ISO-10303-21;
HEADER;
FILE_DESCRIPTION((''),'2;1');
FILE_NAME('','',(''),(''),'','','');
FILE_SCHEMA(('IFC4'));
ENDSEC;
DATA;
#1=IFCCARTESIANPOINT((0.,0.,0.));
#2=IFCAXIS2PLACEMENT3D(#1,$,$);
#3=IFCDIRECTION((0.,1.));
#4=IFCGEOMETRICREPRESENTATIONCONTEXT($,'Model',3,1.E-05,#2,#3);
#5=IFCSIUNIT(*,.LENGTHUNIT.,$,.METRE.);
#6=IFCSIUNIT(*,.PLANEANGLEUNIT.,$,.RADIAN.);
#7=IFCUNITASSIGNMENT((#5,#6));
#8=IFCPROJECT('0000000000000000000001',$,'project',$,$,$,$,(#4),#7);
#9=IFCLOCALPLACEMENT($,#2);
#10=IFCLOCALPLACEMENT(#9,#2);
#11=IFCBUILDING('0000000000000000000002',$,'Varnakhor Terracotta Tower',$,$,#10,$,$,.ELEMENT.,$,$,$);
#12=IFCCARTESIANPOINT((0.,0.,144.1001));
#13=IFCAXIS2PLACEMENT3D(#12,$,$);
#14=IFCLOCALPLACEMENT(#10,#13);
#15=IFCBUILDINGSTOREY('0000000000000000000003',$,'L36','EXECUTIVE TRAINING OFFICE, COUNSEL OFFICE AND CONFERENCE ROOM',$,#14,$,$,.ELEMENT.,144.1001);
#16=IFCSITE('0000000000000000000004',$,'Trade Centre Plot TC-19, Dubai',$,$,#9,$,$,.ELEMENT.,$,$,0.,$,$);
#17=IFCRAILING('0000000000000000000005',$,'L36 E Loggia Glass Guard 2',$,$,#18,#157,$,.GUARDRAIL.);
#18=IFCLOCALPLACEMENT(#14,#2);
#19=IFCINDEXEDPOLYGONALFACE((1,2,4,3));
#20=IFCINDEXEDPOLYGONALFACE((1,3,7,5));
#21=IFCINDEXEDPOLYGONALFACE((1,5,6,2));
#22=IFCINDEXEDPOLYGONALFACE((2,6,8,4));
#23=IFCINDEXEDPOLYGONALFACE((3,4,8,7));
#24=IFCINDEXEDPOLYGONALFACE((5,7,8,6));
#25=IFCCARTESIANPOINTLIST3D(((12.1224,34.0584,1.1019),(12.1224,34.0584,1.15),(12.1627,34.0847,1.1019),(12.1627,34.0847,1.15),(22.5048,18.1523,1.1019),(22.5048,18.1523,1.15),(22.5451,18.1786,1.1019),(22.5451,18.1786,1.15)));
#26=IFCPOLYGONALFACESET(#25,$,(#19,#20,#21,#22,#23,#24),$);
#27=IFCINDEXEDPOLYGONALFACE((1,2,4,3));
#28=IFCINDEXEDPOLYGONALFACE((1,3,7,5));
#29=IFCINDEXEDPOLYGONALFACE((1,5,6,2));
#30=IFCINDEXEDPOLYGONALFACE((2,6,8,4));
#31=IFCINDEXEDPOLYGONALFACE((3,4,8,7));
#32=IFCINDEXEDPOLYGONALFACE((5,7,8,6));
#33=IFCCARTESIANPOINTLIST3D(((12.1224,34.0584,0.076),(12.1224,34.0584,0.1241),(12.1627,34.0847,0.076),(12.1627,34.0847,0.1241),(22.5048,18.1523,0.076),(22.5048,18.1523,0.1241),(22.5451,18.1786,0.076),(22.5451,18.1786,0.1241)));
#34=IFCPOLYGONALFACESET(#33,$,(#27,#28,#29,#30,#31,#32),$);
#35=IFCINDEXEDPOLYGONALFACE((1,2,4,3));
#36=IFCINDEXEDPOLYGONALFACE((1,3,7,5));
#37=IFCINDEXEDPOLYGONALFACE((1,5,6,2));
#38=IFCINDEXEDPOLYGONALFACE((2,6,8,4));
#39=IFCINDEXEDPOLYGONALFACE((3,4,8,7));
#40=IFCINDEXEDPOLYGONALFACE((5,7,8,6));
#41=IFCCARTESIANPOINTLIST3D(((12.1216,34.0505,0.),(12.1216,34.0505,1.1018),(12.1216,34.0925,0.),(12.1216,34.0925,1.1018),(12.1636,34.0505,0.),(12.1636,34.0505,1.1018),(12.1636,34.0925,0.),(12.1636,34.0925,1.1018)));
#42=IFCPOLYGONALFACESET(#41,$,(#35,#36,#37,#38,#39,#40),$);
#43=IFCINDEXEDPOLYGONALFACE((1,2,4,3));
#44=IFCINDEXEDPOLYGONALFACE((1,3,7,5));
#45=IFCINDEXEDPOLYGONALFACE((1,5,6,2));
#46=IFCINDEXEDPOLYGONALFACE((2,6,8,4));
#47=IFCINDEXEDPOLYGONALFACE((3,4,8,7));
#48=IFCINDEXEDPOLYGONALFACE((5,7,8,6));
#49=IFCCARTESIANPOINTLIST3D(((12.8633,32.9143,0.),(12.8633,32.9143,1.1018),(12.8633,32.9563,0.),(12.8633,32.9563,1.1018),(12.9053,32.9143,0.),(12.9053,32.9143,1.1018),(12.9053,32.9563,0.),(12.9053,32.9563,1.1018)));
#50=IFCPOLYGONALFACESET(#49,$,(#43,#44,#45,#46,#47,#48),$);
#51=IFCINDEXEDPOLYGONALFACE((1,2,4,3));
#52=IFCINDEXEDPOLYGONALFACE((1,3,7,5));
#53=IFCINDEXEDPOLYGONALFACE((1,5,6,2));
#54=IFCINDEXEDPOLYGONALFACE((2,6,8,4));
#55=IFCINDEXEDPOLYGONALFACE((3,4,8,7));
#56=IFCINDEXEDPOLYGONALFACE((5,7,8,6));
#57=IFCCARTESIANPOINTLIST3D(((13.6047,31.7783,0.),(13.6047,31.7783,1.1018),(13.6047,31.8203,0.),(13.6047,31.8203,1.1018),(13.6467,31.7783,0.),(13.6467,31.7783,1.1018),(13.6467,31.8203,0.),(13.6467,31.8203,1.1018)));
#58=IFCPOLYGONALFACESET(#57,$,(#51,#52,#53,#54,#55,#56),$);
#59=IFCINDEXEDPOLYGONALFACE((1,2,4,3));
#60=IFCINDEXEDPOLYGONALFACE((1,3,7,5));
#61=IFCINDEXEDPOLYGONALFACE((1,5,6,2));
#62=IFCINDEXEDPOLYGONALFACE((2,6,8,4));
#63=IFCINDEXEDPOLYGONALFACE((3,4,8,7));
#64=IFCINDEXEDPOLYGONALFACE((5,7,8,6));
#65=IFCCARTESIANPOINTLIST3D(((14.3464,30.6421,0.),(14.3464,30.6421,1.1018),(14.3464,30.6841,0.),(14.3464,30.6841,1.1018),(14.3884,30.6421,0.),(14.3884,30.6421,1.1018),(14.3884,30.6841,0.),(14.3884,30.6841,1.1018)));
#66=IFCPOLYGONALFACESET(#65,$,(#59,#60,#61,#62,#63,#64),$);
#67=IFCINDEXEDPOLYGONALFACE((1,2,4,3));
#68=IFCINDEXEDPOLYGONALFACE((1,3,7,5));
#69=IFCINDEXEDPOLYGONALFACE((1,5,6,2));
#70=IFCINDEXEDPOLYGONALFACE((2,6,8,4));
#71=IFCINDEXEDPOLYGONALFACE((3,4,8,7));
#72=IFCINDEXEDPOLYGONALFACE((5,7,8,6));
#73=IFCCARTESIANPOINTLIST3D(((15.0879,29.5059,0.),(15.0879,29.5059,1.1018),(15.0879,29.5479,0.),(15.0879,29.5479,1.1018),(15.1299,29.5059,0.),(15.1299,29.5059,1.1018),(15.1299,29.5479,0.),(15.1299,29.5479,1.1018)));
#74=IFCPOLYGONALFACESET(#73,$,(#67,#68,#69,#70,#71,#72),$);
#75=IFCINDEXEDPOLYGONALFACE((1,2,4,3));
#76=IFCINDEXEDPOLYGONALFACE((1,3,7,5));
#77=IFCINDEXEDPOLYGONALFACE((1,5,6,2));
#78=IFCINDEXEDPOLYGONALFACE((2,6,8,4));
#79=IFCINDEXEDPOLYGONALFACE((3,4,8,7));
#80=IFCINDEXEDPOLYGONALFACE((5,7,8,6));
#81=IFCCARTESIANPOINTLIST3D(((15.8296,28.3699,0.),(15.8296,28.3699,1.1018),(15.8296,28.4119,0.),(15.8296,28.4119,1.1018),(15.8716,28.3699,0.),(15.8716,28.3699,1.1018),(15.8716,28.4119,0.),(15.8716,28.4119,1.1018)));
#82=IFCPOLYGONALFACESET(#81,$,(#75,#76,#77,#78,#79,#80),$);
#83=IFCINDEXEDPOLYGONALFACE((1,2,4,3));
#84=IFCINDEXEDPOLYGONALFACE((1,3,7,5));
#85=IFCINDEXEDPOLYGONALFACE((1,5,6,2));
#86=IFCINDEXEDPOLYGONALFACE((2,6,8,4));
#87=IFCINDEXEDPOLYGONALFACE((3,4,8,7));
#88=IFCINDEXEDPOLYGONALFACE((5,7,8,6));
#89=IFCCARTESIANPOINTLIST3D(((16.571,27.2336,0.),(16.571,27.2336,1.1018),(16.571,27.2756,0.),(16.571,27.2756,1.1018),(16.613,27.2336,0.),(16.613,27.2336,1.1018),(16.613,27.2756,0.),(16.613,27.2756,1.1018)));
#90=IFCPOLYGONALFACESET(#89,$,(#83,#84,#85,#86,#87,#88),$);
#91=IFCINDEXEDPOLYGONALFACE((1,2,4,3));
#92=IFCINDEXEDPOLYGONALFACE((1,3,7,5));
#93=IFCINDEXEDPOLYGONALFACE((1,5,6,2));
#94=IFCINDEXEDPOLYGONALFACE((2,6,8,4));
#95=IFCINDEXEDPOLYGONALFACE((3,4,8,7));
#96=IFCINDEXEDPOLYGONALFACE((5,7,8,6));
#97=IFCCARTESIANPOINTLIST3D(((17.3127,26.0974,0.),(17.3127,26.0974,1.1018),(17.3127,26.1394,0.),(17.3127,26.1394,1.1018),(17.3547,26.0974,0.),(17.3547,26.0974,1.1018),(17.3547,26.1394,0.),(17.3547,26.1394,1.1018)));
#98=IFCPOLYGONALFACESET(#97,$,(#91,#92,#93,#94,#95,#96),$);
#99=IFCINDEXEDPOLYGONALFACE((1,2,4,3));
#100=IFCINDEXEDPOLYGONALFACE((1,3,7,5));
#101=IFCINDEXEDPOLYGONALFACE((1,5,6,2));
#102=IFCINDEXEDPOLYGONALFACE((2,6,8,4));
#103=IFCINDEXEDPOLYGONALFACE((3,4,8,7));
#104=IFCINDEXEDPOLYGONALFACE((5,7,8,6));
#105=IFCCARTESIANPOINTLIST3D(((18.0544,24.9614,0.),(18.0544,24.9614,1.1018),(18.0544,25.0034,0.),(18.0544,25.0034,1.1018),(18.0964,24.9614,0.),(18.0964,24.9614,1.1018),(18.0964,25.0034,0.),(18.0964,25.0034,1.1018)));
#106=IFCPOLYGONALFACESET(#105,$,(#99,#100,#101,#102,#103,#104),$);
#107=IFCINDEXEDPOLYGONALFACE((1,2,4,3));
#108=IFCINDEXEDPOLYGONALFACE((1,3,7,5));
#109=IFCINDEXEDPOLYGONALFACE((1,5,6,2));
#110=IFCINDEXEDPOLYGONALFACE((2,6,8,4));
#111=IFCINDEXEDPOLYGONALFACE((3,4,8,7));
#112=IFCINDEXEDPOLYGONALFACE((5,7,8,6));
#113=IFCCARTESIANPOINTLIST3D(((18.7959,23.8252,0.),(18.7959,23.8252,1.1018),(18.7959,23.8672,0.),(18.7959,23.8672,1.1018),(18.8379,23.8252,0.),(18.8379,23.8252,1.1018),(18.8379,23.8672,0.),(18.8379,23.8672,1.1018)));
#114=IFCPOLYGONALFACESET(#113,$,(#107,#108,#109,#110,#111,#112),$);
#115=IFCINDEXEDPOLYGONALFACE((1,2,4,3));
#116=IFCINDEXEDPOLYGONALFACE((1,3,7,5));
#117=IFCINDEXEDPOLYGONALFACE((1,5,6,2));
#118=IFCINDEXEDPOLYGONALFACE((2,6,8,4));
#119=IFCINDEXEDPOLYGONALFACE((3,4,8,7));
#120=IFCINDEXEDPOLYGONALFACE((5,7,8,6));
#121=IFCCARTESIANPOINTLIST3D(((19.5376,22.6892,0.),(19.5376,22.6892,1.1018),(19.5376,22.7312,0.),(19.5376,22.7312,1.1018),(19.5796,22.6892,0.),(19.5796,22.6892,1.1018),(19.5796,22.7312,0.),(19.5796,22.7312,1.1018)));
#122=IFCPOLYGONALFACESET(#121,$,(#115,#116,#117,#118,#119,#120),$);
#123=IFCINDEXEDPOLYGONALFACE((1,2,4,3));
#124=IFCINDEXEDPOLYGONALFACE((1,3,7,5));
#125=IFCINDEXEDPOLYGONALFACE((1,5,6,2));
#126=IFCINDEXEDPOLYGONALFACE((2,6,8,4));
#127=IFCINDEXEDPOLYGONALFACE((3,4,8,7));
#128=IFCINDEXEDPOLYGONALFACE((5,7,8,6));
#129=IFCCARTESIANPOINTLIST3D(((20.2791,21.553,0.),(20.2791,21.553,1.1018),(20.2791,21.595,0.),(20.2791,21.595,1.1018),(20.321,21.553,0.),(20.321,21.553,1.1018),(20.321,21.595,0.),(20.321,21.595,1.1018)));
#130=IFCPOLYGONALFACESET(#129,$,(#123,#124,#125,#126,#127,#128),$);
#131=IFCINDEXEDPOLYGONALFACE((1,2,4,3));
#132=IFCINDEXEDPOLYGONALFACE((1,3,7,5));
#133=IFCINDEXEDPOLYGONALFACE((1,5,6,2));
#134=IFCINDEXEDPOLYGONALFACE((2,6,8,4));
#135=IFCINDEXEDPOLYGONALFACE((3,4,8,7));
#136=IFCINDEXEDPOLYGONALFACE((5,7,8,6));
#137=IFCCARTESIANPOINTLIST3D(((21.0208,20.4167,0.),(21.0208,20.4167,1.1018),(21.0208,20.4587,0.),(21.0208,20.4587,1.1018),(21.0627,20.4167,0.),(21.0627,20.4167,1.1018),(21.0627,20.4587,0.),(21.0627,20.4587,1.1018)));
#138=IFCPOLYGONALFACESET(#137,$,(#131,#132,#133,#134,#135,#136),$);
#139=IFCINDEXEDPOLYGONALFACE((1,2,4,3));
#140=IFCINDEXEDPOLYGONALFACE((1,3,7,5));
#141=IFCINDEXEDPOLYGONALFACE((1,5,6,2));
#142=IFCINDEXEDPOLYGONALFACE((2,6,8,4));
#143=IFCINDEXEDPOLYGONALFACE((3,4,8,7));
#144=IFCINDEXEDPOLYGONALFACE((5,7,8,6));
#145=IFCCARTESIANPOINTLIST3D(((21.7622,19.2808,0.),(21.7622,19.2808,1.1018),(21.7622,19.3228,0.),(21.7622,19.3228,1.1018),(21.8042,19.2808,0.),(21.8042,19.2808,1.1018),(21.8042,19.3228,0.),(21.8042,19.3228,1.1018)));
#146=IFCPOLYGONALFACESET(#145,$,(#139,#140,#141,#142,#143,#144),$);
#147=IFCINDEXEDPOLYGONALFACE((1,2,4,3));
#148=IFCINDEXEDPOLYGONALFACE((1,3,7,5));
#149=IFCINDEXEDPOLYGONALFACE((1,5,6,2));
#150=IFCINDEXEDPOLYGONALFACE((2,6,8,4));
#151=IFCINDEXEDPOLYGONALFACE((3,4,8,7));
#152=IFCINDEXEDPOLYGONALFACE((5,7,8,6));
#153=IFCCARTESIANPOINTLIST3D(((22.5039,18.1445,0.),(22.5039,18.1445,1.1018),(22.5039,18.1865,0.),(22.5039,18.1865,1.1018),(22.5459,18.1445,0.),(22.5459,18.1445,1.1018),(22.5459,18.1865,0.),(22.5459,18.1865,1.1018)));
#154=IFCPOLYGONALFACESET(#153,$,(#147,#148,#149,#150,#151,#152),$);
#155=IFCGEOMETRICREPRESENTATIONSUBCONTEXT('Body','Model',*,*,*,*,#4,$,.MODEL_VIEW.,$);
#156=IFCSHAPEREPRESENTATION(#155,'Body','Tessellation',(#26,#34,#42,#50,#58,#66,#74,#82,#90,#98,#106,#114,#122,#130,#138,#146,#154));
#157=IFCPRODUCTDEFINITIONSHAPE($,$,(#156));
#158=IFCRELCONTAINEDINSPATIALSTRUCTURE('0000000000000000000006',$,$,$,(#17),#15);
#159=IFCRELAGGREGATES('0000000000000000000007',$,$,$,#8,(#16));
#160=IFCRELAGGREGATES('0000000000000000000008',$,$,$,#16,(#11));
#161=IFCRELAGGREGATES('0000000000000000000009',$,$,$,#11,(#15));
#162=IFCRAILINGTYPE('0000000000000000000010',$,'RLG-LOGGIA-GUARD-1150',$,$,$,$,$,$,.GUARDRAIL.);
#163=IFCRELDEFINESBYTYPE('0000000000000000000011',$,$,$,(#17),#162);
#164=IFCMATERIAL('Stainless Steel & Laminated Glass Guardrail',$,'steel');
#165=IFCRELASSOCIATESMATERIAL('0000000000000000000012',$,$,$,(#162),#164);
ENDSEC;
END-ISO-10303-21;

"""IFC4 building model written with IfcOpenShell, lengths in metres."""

from ifc_helpers import new_model, si_unit, direction, frame, origin, origin_2d, place, context, subcontext, project, spatial, rectangle, extrude, material, type_object, element, save


model = new_model("IFC4")

# Units and contexts
model_context = context("Model", 3, precision=1e-05, world=origin(), true_north=direction((0.0, 1.0)))
body_context = subcontext(model_context, "Body", "Model", "MODEL_VIEW")
ifc_project = project(units=[si_unit("LENGTHUNIT", "METRE"), si_unit("PLANEANGLEUNIT", "RADIAN")], contexts=[model_context])

# Site, building, storey
site_placement = place(None, origin())
site = spatial("IfcSite", under=ifc_project, at=site_placement, Name="Trade Centre Plot TC-19, Dubai", CompositionType="ELEMENT", RefElevation=0.0)
building_placement = place(site_placement, origin())
building = spatial("IfcBuilding", under=site, at=building_placement, Name="Varnakhor Terracotta Tower", CompositionType="ELEMENT")
storey_placement = place(building_placement, frame((0.0, 0.0, 144.1001)))
storey = spatial("IfcBuildingStorey", under=building, at=storey_placement, Name="L36", Description="EXECUTIVE TRAINING OFFICE, COUNSEL OFFICE AND CONFERENCE ROOM", CompositionType="ELEMENT", Elevation=144.1001)

# Railing
ifc_material_1 = material(Name="Stainless Steel & Laminated Glass Guardrail", Category="steel")
railing_type = type_object("IfcRailingType", Name="RLG-LOGGIA-GUARD-1150", PredefinedType="GUARDRAIL", material=ifc_material_1)
railing_1_placement = place(storey_placement, frame((12.1426, 34.0715, 0.0)))
element("IfcRailing", 1, at=railing_1_placement, inside=storey, type_object=railing_type, Name="L36 E Loggia Glass Guard 2", PredefinedType="GUARDRAIL", context=body_context, shape_type="SweptSolid", body=[
    extrude(rectangle(XDim=0.0481, YDim=0.0481, at=origin_2d()), frame((0.0, 0.0, 1.126), z_axis=(0.546594, -0.837398, 0.0), x_axis=(0.837398, 0.546594, 0.0)), (0.0, 0.0, 1.0), 18.9946),
    extrude(rectangle(XDim=0.0481, YDim=0.0481, at=origin_2d()), frame((0.0, 0.0, 0.1001), z_axis=(0.546594, -0.837398, 0.0), x_axis=(0.837398, 0.546594, 0.0)), (0.0, 0.0, 1.0), 18.9946),
    extrude(rectangle(XDim=0.042, YDim=0.042, at=origin_2d()), origin(), (0.0, 0.0, 1.0), 1.1018),
    extrude(rectangle(XDim=0.042, YDim=0.042, at=origin_2d()), frame((0.7417, -1.1362, 0.0)), (0.0, 0.0, 1.0), 1.1018),
    extrude(rectangle(XDim=0.042, YDim=0.042, at=origin_2d()), frame((1.4832, -2.2722, 0.0)), (0.0, 0.0, 1.0), 1.1018),
    extrude(rectangle(XDim=0.042, YDim=0.042, at=origin_2d()), frame((2.2249, -3.4084, 0.0)), (0.0, 0.0, 1.0), 1.1018),
    extrude(rectangle(XDim=0.042, YDim=0.042, at=origin_2d()), frame((2.9663, -4.5447, 0.0)), (0.0, 0.0, 1.0), 1.1018),
    extrude(rectangle(XDim=0.042, YDim=0.042, at=origin_2d()), frame((3.708, -5.6807, 0.0)), (0.0, 0.0, 1.0), 1.1018),
    extrude(rectangle(XDim=0.042, YDim=0.042, at=origin_2d()), frame((4.4495, -6.8169, 0.0)), (0.0, 0.0, 1.0), 1.1018),
    extrude(rectangle(XDim=0.042, YDim=0.042, at=origin_2d()), frame((5.1912, -7.9531, 0.0)), (0.0, 0.0, 1.0), 1.1018),
    extrude(rectangle(XDim=0.042, YDim=0.042, at=origin_2d()), frame((5.9329, -9.0891, 0.0)), (0.0, 0.0, 1.0), 1.1018),
    extrude(rectangle(XDim=0.042, YDim=0.042, at=origin_2d()), frame((6.6743, -10.2253, 0.0)), (0.0, 0.0, 1.0), 1.1018),
    extrude(rectangle(XDim=0.042, YDim=0.042, at=origin_2d()), frame((7.416, -11.3613, 0.0)), (0.0, 0.0, 1.0), 1.1018),
    extrude(rectangle(XDim=0.042, YDim=0.042, at=origin_2d()), frame((8.1575, -12.4976, 0.0)), (0.0, 0.0, 1.0), 1.1018),
    extrude(rectangle(XDim=0.042, YDim=0.042, at=origin_2d()), frame((8.8992, -13.6338, 0.0)), (0.0, 0.0, 1.0), 1.1018),
    extrude(rectangle(XDim=0.042, YDim=0.042, at=origin_2d()), frame((9.6406, -14.7698, 0.0)), (0.0, 0.0, 1.0), 1.1018),
    extrude(rectangle(XDim=0.042, YDim=0.042, at=origin_2d()), frame((10.3823, -15.906, 0.0)), (0.0, 0.0, 1.0), 1.1018),
])

save(model, "model.ifc")
